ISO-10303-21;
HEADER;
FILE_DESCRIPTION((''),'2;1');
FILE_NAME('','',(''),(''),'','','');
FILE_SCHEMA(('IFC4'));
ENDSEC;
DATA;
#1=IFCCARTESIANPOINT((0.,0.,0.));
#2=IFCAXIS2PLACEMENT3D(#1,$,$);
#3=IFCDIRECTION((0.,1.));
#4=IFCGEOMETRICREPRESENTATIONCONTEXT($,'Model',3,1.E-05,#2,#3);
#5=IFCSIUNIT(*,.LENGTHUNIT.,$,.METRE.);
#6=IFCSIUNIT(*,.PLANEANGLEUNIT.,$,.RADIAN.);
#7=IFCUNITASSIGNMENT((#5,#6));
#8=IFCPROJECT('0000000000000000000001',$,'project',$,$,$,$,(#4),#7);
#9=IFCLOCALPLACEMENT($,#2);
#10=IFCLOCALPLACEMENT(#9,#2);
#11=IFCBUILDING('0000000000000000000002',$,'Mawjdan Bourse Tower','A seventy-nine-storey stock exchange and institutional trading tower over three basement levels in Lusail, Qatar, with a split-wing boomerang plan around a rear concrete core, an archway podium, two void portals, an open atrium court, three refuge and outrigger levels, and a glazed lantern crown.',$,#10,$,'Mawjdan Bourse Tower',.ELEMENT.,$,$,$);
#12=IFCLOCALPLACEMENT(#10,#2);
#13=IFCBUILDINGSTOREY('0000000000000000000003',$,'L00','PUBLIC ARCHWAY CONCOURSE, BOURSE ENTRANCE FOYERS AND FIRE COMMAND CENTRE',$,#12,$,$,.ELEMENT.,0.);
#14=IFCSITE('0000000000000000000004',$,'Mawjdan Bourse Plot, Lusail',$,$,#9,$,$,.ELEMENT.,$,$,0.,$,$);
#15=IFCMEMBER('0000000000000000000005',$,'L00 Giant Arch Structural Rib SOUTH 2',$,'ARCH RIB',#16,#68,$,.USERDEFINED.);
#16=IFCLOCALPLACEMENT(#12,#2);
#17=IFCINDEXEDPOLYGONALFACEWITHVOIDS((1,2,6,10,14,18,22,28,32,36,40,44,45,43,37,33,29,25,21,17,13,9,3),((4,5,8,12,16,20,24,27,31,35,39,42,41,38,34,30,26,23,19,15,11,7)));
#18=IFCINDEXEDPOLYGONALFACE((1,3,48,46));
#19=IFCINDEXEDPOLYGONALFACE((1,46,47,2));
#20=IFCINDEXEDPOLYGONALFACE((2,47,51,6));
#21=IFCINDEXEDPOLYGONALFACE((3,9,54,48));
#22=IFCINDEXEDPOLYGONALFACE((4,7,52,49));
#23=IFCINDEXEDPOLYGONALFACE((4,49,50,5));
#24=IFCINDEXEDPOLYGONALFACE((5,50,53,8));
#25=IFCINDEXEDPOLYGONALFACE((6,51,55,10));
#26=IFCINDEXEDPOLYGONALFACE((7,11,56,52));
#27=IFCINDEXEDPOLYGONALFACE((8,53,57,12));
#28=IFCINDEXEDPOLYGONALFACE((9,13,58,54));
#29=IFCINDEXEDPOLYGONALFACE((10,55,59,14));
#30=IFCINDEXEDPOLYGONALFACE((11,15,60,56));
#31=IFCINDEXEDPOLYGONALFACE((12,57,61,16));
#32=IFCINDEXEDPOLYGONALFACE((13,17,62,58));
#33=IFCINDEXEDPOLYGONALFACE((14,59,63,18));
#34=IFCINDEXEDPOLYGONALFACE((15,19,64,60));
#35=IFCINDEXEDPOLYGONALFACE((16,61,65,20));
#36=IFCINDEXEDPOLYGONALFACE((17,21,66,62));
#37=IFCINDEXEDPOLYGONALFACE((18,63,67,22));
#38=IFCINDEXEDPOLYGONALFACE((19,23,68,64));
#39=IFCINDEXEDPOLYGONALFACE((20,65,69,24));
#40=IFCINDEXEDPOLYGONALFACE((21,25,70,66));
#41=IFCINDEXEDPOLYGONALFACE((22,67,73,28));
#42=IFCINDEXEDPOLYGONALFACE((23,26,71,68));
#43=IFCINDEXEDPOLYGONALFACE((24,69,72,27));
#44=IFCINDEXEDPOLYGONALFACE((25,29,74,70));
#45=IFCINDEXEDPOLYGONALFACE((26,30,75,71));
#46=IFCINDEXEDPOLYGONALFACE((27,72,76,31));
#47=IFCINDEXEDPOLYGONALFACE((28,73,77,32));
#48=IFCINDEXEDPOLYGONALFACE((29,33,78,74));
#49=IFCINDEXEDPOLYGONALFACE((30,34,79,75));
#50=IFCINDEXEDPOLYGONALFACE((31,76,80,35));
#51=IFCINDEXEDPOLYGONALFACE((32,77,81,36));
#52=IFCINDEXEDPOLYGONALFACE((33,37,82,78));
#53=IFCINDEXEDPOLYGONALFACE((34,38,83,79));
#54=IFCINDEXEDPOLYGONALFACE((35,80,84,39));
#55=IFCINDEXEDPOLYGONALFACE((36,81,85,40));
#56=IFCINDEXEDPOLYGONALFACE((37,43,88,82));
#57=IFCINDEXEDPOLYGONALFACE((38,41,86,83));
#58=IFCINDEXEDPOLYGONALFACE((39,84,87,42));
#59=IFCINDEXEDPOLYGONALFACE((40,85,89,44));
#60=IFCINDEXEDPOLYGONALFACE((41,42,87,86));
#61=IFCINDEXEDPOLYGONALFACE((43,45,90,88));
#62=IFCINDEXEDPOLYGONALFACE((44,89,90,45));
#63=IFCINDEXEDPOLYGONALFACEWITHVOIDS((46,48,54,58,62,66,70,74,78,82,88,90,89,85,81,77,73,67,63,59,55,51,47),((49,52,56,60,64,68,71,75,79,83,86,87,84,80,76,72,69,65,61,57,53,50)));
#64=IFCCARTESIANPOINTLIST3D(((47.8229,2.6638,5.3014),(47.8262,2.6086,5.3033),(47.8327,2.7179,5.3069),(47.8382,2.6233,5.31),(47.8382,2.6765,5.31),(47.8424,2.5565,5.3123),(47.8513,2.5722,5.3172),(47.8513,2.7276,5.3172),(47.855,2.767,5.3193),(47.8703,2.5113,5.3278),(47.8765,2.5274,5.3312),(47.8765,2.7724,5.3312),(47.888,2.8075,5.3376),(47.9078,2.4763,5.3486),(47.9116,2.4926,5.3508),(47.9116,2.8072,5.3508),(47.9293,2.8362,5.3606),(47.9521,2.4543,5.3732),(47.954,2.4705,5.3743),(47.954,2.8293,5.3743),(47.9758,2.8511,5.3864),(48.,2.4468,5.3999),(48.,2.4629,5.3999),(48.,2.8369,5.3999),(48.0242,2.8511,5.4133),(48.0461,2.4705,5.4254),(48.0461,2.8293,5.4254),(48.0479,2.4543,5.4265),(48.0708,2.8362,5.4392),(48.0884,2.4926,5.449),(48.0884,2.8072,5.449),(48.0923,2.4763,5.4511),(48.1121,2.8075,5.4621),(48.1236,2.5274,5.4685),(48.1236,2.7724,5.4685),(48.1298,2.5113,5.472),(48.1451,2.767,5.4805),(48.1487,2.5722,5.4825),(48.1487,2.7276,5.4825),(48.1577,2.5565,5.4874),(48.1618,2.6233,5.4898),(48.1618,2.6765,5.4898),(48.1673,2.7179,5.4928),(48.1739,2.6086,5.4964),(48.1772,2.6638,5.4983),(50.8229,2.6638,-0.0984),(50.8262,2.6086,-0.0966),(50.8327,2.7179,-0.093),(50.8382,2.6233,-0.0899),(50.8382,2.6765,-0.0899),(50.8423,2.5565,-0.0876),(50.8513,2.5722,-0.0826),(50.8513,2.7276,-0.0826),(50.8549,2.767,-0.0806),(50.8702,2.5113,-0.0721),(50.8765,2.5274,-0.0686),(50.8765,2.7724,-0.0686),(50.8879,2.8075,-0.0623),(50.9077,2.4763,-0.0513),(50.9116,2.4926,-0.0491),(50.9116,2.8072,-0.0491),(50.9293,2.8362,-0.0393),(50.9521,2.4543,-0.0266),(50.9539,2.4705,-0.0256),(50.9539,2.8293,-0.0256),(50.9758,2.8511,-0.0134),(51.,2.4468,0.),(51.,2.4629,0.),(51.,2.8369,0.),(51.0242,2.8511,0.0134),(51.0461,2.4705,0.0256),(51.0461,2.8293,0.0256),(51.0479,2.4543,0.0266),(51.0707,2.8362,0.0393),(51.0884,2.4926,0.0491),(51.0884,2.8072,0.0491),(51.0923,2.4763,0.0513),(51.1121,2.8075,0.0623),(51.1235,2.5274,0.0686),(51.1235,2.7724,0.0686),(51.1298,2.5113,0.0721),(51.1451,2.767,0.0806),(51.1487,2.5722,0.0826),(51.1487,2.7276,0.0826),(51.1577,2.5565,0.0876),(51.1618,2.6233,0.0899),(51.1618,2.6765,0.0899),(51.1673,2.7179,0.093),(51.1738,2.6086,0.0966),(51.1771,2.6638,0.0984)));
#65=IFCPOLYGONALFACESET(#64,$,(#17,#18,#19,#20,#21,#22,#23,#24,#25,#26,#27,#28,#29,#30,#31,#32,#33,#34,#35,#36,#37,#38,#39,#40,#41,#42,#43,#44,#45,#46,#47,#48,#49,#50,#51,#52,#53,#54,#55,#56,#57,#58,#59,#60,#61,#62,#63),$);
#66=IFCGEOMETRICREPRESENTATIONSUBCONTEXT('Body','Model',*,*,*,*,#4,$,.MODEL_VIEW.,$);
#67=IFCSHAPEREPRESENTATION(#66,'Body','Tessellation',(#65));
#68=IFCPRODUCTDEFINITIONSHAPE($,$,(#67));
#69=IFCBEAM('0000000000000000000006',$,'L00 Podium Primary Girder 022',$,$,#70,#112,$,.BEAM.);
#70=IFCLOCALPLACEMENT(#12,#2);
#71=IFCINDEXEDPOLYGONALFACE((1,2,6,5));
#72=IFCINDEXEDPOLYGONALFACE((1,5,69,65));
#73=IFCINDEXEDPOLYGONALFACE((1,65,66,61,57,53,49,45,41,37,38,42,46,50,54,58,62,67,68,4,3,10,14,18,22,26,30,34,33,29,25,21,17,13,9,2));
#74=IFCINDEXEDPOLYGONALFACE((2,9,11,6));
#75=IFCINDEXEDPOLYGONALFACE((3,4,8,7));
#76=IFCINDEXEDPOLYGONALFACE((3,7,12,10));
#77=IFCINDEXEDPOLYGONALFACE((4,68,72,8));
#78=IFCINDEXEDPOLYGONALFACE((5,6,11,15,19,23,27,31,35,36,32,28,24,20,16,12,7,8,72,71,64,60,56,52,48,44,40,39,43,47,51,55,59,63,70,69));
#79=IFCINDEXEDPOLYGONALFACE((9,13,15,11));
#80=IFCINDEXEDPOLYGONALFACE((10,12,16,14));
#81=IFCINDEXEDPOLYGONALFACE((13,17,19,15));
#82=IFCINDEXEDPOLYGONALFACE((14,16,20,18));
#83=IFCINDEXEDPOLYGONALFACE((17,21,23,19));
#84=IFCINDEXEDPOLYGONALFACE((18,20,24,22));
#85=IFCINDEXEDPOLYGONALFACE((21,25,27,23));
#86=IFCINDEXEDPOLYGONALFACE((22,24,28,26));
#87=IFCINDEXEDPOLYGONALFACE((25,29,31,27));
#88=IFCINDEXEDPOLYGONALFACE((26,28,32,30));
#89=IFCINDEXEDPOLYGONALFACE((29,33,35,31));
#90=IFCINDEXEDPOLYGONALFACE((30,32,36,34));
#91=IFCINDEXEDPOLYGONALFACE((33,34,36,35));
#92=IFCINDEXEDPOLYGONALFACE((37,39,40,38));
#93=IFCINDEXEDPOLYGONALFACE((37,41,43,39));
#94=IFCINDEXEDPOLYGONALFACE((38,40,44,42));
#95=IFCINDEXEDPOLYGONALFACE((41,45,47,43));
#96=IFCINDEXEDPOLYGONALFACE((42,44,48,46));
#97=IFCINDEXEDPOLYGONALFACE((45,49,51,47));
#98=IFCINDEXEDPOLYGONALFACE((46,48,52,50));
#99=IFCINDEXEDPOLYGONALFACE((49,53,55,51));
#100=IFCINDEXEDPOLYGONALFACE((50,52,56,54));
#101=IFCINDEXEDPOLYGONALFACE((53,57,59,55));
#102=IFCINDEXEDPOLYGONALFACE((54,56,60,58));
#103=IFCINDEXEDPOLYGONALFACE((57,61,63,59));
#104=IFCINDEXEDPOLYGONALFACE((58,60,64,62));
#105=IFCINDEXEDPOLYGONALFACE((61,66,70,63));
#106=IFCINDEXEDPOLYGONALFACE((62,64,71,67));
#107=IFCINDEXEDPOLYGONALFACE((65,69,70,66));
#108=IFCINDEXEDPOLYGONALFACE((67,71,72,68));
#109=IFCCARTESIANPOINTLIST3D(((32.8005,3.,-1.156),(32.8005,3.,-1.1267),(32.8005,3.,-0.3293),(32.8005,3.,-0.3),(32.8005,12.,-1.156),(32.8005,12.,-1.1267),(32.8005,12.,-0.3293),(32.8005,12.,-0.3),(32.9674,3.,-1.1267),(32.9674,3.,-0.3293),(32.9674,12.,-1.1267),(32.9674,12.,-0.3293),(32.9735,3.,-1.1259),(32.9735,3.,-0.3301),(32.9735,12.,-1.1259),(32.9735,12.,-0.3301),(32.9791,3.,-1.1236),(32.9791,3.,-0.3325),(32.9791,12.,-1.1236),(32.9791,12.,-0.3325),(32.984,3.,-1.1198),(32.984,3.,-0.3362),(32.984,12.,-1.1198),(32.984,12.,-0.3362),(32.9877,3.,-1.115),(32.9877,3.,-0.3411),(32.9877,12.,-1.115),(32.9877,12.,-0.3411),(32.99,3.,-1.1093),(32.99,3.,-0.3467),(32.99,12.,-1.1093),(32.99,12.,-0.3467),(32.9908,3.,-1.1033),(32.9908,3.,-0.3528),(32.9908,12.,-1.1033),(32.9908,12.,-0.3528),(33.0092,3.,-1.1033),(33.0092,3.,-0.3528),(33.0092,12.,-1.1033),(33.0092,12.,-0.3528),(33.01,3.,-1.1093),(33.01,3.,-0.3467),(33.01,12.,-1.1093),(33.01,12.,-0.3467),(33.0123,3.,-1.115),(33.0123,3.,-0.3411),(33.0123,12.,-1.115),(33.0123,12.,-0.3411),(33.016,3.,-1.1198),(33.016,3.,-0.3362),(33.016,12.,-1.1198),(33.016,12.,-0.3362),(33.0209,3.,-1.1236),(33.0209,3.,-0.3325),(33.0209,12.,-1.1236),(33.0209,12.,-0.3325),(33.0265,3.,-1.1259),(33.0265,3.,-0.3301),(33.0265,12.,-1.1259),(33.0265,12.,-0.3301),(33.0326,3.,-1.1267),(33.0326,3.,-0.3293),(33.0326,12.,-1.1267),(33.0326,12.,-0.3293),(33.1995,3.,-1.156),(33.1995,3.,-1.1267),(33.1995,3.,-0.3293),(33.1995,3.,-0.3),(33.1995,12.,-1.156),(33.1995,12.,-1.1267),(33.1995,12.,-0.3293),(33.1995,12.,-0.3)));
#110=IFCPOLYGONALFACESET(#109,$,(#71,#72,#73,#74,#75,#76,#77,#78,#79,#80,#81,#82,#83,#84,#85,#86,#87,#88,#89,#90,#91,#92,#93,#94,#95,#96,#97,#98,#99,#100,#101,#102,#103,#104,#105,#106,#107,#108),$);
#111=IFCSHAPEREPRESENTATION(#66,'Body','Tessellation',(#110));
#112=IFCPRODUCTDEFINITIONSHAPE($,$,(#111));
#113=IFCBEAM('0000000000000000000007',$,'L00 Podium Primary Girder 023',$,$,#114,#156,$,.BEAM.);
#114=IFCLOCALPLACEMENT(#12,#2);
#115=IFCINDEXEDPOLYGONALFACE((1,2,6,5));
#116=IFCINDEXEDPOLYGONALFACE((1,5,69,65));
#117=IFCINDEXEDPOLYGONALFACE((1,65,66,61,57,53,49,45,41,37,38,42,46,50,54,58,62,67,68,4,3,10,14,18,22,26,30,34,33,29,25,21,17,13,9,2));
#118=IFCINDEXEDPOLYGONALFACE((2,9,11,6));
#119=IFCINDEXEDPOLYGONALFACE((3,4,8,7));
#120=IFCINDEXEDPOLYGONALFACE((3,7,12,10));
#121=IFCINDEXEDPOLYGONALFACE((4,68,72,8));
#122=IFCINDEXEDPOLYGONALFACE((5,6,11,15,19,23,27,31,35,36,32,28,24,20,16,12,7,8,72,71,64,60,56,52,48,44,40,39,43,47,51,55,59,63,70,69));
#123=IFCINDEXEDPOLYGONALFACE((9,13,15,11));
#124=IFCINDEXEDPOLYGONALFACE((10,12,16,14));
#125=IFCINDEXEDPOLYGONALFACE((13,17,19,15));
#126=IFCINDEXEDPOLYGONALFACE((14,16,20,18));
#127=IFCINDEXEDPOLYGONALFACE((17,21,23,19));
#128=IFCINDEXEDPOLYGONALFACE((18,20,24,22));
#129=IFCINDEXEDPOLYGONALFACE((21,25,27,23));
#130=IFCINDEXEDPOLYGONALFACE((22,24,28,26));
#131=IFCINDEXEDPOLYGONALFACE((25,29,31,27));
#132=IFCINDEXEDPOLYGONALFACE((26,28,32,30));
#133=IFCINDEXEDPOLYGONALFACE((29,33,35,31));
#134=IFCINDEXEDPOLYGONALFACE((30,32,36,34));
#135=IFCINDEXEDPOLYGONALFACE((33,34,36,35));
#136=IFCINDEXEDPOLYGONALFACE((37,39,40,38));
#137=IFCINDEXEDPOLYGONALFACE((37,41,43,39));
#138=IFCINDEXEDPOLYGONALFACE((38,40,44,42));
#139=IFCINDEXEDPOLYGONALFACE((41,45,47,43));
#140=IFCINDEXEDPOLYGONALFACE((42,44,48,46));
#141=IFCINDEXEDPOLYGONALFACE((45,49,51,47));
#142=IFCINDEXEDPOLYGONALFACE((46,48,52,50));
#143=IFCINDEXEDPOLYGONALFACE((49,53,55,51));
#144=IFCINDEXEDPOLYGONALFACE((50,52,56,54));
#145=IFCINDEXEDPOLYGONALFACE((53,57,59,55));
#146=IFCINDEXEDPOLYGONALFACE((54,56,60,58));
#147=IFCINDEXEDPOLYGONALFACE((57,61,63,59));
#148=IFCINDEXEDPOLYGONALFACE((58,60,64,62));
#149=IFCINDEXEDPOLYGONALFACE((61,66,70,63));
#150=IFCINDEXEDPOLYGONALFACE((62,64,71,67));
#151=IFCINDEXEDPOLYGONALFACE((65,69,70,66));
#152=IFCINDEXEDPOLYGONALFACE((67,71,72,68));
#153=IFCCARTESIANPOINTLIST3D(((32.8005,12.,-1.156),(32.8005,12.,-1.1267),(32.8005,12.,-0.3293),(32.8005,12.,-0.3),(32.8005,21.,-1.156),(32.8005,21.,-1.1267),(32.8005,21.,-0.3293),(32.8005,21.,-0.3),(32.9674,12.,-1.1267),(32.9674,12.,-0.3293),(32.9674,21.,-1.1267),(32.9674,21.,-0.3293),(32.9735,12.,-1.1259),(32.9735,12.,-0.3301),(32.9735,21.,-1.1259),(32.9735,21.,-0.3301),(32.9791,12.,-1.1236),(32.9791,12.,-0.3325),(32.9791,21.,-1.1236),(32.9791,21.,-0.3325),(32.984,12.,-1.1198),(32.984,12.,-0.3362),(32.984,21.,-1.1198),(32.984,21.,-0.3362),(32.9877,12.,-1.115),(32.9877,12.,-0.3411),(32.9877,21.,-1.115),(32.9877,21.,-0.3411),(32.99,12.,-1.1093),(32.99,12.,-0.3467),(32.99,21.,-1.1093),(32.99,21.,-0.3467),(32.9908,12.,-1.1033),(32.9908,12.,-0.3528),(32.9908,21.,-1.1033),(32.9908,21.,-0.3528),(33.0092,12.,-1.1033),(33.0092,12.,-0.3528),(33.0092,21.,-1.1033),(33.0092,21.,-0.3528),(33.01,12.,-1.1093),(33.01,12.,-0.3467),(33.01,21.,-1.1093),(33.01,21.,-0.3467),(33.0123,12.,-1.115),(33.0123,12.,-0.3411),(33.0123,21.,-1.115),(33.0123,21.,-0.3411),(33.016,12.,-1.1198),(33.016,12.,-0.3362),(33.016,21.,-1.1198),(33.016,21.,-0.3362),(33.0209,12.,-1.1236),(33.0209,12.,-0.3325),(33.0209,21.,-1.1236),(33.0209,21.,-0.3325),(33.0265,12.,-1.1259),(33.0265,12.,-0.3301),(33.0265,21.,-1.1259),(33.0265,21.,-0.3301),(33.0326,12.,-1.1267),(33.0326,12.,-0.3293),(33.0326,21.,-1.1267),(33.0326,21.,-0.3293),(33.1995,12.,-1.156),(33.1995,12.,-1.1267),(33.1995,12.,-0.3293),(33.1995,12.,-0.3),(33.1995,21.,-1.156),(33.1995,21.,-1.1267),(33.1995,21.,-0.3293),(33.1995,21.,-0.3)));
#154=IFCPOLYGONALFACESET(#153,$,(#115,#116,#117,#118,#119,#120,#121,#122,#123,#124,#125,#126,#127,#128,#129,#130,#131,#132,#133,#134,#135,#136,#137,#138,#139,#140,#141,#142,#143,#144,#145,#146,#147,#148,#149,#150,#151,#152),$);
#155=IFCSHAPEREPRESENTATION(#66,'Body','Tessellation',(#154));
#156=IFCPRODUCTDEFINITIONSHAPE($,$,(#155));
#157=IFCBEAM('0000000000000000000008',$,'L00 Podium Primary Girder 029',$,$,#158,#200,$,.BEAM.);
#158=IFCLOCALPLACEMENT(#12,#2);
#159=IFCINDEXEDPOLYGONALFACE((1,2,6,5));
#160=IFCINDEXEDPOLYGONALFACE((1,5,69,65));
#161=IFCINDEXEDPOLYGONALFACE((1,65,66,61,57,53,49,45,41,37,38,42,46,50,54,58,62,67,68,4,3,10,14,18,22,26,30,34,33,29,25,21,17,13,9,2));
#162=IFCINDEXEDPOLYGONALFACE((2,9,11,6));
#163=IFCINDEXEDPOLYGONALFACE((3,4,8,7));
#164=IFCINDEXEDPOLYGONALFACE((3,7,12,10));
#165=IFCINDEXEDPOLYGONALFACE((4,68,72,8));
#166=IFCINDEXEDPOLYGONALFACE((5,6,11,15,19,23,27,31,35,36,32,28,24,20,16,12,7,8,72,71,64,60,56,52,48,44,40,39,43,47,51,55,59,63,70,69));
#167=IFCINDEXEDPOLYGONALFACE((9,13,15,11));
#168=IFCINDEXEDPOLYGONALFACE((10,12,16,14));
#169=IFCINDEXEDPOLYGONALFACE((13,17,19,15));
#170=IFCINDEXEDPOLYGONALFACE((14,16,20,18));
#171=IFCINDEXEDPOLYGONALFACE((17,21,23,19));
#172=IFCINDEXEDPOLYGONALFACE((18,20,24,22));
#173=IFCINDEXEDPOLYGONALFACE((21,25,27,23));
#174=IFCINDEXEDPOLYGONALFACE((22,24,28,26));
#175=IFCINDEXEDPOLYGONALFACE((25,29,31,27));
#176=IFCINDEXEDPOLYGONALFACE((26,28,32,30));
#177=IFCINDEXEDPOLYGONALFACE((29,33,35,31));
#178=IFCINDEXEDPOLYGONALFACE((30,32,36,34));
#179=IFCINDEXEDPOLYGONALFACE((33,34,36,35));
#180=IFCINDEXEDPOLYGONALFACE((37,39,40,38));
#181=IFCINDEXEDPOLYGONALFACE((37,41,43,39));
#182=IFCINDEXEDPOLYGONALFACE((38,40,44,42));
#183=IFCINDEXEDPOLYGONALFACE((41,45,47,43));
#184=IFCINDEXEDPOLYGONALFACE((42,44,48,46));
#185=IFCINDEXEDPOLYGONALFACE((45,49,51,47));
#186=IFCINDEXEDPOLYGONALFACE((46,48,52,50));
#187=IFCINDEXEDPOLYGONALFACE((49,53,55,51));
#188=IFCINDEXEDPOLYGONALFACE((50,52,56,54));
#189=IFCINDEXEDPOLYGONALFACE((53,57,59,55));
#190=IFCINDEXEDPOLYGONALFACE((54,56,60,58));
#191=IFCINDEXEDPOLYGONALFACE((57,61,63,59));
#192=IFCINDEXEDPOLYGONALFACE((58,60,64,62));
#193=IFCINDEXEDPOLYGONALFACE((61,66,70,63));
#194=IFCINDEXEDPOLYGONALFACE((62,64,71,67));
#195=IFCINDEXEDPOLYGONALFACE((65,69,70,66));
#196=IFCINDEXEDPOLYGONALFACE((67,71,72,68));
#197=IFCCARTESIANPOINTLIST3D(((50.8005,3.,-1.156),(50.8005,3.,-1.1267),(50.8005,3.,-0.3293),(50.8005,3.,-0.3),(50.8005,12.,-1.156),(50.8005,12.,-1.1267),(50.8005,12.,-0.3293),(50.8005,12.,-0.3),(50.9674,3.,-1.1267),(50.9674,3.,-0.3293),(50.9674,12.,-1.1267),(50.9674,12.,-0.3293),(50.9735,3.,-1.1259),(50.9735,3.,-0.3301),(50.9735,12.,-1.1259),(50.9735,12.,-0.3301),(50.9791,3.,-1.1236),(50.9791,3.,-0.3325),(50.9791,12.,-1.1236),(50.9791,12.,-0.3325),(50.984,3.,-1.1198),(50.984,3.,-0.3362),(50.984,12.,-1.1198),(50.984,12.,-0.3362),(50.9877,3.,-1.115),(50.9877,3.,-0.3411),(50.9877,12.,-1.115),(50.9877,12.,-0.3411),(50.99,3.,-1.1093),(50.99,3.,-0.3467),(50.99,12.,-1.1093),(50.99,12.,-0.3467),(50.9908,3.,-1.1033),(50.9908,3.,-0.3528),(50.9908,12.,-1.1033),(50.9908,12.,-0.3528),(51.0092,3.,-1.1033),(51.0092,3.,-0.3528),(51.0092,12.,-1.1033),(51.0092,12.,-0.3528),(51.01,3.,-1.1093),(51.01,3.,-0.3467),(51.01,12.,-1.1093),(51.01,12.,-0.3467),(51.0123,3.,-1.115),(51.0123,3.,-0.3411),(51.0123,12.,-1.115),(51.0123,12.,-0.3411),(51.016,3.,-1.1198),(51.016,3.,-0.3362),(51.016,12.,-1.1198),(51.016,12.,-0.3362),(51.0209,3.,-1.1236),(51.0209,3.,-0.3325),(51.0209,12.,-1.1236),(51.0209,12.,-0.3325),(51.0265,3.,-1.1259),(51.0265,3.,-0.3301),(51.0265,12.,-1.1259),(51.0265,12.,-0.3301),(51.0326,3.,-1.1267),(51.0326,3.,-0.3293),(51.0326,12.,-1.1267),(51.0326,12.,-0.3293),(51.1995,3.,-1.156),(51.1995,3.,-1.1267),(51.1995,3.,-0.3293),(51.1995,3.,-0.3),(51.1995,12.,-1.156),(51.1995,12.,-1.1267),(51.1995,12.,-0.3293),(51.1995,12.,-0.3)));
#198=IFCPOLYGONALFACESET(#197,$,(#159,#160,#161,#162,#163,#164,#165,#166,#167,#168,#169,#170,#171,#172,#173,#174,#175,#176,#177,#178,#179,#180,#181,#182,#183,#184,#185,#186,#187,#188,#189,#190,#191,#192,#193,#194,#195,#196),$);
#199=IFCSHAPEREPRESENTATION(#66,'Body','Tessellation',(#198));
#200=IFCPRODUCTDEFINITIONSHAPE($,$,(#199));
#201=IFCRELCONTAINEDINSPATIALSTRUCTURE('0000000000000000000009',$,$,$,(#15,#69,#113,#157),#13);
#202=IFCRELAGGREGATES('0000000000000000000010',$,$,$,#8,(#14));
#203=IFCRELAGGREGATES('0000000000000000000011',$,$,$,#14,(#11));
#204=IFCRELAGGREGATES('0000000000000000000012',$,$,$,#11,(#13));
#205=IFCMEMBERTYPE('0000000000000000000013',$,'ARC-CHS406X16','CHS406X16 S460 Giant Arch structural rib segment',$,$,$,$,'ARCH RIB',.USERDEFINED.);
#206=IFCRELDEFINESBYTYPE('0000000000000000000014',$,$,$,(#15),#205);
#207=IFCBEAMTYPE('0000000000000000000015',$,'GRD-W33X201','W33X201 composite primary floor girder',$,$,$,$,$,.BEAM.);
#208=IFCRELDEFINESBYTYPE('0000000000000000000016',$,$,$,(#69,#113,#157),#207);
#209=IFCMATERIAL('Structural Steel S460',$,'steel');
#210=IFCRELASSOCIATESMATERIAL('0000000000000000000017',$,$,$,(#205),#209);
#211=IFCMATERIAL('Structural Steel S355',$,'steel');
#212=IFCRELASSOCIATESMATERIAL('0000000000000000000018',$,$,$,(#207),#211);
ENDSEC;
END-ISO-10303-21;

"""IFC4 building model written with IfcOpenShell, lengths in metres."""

from ifc_helpers import new_model, si_unit, direction, frame, origin, origin_2d, place, context, subcontext, project, spatial, hollow_circle, i_section, extrude, material, material_profile, profile_set, type_object, element, save


model = new_model("IFC4")

# Units and contexts
model_context = context("Model", 3, precision=1e-05, world=origin(), true_north=direction((0.0, 1.0)))
body_context = subcontext(model_context, "Body", "Model", "MODEL_VIEW")
ifc_project = project(units=[si_unit("LENGTHUNIT", "METRE"), si_unit("PLANEANGLEUNIT", "RADIAN")], contexts=[model_context])

# Site, building, storey
site_placement = place(None, origin())
site = spatial("IfcSite", under=ifc_project, at=site_placement, Name="Mawjdan Bourse Plot, Lusail", CompositionType="ELEMENT", RefElevation=0.0)
building_placement = place(site_placement, origin())
building = spatial("IfcBuilding", under=site, at=building_placement, Name="Mawjdan Bourse Tower", Description="A seventy-nine-storey stock exchange and institutional trading tower over three basement levels in Lusail, Qatar, with a split-wing boomerang plan around a rear concrete core, an archway podium, two void portals, an open atrium court, three refuge and outrigger levels, and a glazed lantern crown.", LongName="Mawjdan Bourse Tower", CompositionType="ELEMENT")
storey_placement = place(building_placement, origin())
storey = spatial("IfcBuildingStorey", under=building, at=storey_placement, Name="L00", Description="PUBLIC ARCHWAY CONCOURSE, BOURSE ENTRANCE FOYERS AND FIRE COMMAND CENTRE", CompositionType="ELEMENT", Elevation=0.0)

# Member
ifc_material_1 = material(Name="Structural Steel S460", Category="steel")
ifc_material_profile_1 = material_profile(ifc_material_1, hollow_circle(Radius=0.2031, WallThickness=0.0161, at=origin_2d()), Name="CHS406X16")
ifc_profile_set_1 = profile_set([ifc_material_profile_1], Name="Structural Steel S460")
member_type_1 = type_object("IfcMemberType", Name="ARC-CHS406X16", Description="CHS406X16 S460 Giant Arch structural rib segment", ElementType="ARCH RIB", PredefinedType="USERDEFINED", material=ifc_profile_set_1)
for number, where, z_axis, x_axis, name in (
    (1, (51.0, 2.6499, 0.0), (-0.48565, 0.0, 0.874154), (0.0, -1.0, 0.0), "L00 Giant Arch Structural Rib SOUTH 2"),
):
    element("IfcMember", number, at=place(storey_placement, frame(where, z_axis=z_axis, x_axis=x_axis)), inside=storey, type_object=member_type_1, Name=name, ObjectType="ARCH RIB", PredefinedType="USERDEFINED", context=body_context, shape_type="SweptSolid", body=[
        extrude(hollow_circle(Radius=0.2031, WallThickness=0.0161, at=origin_2d()), origin(), (0.0, 0.0, 1.0), 6.1772),
    ])

# Beams
ifc_material_2 = material(Name="Structural Steel S355", Category="steel")
ifc_material_profile_2 = material_profile(ifc_material_2, i_section(OverallWidth=0.3989, OverallDepth=0.856, WebThickness=0.0183, FlangeThickness=0.0293, FilletRadius=0.0234, at=origin_2d()), Name="W33X201")
ifc_profile_set_2 = profile_set([ifc_material_profile_2], Name="Structural Steel S355")
beam_type = type_object("IfcBeamType", Name="GRD-W33X201", Description="W33X201 composite primary floor girder", PredefinedType="BEAM", material=ifc_profile_set_2)
for number, where, z_axis, x_axis, name in (
    (2, (33.0, 3.0, -0.728), (0.0, 1.0, 0.0), (-1.0, 0.0, 0.0), "L00 Podium Primary Girder 022"),
    (3, (33.0, 12.0, -0.728), (0.0, 1.0, 0.0), (-1.0, 0.0, 0.0), "L00 Podium Primary Girder 023"),
    (4, (51.0, 3.0, -0.728), (0.0, 1.0, 0.0), (-1.0, 0.0, 0.0), "L00 Podium Primary Girder 029"),
):
    element("IfcBeam", number, at=place(storey_placement, frame(where, z_axis=z_axis, x_axis=x_axis)), inside=storey, type_object=beam_type, Name=name, PredefinedType="BEAM", context=body_context, shape_type="SweptSolid", body=[
        extrude(i_section(OverallWidth=0.3989, OverallDepth=0.856, WebThickness=0.0183, FlangeThickness=0.0293, FilletRadius=0.0234, at=origin_2d()), origin(), (0.0, 0.0, 1.0), 9.0),
    ])

save(model, "model.ifc")
